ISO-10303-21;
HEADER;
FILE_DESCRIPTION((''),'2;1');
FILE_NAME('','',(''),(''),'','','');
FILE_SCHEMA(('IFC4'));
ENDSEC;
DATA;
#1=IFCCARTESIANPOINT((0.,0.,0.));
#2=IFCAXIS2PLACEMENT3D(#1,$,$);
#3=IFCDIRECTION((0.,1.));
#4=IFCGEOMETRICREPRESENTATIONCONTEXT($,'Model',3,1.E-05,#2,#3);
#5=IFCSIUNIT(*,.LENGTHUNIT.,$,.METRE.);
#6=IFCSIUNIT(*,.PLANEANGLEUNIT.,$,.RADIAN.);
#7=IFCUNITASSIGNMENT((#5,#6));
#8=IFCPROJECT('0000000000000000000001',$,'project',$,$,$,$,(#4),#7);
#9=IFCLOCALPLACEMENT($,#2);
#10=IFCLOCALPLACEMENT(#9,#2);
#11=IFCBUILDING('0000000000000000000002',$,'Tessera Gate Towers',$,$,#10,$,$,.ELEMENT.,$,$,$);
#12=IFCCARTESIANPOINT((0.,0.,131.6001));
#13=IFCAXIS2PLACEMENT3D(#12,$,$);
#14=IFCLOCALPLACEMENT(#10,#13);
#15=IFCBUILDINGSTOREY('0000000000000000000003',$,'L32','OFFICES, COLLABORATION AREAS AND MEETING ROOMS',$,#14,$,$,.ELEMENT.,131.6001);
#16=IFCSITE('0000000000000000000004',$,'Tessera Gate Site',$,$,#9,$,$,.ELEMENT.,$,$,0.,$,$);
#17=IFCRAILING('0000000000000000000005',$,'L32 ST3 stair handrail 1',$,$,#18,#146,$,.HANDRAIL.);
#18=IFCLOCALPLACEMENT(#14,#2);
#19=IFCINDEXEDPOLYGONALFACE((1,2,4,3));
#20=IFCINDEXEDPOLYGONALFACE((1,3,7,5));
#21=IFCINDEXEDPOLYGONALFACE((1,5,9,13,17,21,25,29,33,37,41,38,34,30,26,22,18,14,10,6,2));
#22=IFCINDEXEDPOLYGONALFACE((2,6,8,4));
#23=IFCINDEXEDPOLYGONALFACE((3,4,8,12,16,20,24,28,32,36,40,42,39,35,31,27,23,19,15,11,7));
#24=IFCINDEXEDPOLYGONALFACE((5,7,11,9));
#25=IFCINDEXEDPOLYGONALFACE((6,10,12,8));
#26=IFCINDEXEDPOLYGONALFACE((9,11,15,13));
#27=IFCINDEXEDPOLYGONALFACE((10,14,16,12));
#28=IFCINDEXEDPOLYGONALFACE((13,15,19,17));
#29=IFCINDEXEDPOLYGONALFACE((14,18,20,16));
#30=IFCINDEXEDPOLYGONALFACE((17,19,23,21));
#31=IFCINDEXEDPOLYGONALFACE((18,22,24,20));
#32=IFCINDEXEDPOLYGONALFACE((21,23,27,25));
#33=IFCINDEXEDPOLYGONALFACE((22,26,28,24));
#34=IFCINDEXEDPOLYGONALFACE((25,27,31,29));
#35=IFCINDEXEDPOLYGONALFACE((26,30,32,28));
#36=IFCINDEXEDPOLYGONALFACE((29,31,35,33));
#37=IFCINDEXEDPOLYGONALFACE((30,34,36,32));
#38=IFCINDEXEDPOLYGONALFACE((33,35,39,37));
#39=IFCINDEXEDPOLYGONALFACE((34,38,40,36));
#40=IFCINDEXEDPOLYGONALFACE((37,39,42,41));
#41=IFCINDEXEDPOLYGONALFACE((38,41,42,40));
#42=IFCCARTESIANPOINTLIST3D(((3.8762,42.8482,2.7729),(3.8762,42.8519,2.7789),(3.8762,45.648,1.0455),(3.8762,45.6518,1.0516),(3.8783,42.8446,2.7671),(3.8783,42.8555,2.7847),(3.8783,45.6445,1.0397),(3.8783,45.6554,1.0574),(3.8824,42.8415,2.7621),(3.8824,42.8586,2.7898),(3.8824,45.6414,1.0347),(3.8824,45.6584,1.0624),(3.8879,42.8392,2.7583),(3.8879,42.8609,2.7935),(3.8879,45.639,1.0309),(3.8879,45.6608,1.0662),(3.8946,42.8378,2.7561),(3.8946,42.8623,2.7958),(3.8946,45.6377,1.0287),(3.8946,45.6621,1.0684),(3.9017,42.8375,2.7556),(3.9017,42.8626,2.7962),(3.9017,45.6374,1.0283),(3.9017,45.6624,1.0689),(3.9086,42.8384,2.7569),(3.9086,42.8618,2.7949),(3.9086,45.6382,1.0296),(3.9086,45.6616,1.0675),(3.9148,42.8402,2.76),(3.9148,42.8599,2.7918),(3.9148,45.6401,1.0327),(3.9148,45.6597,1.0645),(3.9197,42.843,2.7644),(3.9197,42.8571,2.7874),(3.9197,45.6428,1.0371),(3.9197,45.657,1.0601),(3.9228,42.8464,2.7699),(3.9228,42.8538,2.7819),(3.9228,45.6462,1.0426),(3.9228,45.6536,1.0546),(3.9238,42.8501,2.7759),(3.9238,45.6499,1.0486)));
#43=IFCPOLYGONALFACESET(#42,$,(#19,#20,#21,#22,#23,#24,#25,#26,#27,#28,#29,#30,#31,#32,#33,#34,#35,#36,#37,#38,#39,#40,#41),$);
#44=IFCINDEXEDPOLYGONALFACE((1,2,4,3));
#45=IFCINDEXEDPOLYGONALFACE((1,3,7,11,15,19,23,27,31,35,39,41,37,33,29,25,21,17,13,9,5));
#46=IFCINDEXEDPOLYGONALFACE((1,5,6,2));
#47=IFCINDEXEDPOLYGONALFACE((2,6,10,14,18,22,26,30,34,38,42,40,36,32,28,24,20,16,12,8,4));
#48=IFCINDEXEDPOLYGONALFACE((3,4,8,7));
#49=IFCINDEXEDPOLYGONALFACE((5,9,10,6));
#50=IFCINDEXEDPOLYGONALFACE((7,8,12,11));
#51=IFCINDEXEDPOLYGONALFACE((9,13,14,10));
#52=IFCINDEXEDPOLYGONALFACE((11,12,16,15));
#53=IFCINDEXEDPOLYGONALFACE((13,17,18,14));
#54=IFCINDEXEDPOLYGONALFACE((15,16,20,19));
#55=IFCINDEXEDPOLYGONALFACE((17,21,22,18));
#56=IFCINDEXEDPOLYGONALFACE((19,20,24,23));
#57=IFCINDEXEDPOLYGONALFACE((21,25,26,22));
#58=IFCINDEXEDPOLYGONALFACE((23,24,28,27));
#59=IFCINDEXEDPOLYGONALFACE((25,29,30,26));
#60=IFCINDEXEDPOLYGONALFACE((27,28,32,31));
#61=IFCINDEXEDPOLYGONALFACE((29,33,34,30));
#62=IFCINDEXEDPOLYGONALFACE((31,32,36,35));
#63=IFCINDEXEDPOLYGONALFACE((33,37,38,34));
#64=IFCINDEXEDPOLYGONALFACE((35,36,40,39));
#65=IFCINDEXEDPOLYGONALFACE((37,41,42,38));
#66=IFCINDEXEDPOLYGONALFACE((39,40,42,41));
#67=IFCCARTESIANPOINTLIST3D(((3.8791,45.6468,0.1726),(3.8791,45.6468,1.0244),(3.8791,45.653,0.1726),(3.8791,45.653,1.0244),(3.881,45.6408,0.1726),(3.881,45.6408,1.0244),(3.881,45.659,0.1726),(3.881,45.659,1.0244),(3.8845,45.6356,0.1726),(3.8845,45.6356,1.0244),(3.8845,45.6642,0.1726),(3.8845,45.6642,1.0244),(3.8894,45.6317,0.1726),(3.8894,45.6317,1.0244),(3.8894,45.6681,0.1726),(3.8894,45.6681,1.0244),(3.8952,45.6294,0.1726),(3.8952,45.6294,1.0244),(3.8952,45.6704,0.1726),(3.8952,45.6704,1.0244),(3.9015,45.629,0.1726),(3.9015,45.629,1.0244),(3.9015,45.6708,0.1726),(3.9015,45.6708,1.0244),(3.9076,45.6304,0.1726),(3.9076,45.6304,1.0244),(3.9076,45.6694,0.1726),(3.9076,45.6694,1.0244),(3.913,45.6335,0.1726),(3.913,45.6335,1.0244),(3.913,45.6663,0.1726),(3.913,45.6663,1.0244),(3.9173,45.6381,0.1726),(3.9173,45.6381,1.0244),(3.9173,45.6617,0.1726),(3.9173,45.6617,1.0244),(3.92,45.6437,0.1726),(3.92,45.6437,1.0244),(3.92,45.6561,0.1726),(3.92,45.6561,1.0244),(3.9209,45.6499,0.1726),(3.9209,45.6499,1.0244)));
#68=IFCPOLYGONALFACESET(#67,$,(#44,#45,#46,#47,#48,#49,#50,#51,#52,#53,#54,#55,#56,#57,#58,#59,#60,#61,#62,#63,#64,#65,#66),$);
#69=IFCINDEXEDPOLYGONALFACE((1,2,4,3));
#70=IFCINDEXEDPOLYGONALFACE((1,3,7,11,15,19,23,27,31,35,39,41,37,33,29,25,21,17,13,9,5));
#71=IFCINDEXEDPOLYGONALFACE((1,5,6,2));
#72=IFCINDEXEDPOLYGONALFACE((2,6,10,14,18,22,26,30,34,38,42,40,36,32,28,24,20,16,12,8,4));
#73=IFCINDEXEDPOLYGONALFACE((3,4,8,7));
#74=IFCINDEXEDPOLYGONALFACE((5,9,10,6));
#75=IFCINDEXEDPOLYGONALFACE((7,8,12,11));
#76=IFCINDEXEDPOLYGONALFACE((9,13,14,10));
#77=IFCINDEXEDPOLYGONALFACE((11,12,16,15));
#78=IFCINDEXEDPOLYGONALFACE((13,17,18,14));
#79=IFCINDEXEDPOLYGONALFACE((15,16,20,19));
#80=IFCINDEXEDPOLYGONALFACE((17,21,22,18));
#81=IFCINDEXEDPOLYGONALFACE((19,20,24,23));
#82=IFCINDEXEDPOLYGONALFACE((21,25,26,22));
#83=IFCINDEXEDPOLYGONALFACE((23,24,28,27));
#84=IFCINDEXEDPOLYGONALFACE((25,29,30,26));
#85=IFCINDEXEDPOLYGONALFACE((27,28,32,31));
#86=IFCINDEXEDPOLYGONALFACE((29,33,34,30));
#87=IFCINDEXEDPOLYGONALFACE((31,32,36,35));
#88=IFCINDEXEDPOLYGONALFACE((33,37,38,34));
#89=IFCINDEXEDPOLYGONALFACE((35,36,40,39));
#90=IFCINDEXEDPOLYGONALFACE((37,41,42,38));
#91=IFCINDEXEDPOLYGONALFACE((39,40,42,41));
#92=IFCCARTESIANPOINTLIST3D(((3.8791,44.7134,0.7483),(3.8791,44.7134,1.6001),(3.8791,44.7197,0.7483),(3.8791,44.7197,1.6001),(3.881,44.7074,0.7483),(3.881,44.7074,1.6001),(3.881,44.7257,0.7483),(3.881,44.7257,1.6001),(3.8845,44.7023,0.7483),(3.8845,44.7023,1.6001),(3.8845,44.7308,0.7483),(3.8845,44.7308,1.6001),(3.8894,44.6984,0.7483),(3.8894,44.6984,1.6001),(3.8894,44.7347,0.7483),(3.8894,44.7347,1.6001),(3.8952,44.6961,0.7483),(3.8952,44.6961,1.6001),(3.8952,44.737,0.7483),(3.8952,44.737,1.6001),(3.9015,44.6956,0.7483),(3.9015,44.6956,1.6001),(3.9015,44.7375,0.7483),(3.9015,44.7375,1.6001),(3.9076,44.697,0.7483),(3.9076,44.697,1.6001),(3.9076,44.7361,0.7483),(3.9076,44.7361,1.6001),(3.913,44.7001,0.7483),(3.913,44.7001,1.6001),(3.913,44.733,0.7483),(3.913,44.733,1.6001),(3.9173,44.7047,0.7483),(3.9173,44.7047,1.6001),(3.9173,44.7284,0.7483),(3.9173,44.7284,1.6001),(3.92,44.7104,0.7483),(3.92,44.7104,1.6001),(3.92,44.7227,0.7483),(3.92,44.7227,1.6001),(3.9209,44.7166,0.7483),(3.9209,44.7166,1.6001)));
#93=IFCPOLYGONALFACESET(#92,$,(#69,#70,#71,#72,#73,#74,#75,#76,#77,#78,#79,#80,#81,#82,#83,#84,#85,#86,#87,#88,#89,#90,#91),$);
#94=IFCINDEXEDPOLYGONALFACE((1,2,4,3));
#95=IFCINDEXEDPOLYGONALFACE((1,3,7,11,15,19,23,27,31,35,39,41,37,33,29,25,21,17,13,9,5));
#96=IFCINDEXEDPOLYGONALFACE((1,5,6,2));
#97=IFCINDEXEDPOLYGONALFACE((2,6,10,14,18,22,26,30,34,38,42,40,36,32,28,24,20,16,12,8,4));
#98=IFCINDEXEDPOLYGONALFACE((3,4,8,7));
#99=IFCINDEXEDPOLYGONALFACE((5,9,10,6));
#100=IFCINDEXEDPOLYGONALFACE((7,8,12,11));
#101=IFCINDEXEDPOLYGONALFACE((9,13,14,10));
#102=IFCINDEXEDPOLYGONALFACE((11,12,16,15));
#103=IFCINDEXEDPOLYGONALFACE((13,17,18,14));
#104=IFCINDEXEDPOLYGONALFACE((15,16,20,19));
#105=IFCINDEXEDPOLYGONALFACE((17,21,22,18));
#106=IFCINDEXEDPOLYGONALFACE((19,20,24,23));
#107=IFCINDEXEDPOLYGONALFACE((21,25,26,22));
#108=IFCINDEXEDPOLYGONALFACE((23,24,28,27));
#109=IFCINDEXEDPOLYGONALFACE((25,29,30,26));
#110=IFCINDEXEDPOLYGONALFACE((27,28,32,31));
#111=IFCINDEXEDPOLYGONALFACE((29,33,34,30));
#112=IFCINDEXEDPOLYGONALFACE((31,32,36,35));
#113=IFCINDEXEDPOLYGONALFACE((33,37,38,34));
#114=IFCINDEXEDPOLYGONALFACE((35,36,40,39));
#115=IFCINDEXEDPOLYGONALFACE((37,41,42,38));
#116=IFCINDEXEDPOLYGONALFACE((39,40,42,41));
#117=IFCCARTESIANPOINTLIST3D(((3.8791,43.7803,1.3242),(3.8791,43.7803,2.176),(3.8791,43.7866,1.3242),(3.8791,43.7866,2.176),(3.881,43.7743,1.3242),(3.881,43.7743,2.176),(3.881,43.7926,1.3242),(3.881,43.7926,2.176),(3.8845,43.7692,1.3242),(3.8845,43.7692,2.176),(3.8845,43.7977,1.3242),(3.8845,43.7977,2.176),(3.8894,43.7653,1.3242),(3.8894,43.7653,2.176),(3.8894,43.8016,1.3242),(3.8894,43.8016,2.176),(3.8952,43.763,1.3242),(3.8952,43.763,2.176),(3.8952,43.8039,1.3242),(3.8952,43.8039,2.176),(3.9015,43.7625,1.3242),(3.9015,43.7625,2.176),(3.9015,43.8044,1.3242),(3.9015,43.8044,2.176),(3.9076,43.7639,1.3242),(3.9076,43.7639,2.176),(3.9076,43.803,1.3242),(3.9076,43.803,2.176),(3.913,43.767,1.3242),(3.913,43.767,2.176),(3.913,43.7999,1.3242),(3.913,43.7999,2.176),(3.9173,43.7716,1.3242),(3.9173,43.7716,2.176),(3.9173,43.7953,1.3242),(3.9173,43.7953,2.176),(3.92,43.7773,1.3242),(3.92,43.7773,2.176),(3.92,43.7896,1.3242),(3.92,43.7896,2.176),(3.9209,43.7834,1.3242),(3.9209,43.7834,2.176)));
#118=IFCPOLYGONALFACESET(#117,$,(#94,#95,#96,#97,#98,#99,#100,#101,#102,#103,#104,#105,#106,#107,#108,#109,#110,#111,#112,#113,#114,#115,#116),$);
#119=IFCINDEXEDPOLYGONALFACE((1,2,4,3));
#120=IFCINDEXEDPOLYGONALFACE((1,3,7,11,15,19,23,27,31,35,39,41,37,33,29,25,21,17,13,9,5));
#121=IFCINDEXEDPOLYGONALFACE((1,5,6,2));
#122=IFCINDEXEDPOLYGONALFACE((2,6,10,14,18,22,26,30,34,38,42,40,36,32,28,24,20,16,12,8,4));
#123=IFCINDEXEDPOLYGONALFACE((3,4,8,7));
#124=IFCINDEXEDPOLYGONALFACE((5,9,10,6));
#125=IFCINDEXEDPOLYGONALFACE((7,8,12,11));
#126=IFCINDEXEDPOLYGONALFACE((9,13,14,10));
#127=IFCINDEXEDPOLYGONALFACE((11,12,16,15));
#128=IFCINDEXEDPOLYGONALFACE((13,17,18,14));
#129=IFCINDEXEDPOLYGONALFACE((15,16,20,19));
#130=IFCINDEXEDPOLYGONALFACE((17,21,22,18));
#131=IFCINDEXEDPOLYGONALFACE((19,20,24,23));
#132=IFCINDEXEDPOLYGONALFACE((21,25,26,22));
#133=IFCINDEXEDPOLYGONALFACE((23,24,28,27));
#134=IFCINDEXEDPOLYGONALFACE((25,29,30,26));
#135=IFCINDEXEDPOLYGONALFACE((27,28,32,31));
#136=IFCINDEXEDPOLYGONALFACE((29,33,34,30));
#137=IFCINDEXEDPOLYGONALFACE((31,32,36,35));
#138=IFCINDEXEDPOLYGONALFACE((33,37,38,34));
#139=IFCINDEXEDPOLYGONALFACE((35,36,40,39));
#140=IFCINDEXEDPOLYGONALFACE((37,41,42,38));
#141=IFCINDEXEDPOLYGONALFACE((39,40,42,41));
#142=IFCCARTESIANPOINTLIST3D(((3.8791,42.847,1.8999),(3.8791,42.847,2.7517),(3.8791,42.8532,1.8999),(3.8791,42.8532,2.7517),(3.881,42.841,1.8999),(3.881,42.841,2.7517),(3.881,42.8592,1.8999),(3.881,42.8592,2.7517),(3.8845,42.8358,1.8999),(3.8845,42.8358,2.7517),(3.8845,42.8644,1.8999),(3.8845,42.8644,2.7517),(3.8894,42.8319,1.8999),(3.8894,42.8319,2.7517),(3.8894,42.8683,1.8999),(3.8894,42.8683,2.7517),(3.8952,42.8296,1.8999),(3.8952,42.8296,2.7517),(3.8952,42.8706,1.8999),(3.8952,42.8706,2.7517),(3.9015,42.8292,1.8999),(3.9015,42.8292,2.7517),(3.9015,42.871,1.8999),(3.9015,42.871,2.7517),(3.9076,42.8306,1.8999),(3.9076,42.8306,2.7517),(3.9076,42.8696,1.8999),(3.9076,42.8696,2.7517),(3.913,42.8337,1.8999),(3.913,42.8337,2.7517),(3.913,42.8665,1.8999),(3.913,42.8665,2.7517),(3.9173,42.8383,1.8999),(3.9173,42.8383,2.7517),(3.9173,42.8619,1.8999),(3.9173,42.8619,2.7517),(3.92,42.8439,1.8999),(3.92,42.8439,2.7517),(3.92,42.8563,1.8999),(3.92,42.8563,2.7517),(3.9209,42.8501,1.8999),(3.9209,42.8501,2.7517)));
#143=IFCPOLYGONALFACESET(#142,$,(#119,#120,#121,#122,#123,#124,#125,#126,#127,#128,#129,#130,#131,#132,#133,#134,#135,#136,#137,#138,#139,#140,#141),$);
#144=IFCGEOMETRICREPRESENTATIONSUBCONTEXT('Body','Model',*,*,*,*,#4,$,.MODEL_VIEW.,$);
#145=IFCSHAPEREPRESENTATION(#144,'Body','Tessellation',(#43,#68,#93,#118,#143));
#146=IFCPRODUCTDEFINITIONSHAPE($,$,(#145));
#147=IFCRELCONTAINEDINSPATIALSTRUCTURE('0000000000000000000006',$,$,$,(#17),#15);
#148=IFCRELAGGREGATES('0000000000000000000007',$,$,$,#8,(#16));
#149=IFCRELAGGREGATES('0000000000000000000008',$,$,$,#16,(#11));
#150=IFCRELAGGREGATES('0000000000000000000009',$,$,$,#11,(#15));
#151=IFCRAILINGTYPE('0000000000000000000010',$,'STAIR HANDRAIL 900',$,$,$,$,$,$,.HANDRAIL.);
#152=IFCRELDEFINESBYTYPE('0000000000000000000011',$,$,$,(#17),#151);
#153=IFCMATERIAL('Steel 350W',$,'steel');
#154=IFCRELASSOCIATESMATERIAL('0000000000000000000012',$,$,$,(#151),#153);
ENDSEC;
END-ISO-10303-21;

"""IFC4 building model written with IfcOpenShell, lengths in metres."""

from ifc_helpers import new_model, si_unit, direction, frame, origin, origin_2d, place, context, subcontext, project, spatial, circle, extrude, material, type_object, element, save


model = new_model("IFC4")

# Units and contexts
model_context = context("Model", 3, precision=1e-05, world=origin(), true_north=direction((0.0, 1.0)))
body_context = subcontext(model_context, "Body", "Model", "MODEL_VIEW")
ifc_project = project(units=[si_unit("LENGTHUNIT", "METRE"), si_unit("PLANEANGLEUNIT", "RADIAN")], contexts=[model_context])

# Site, building, storey
site_placement = place(None, origin())
site = spatial("IfcSite", under=ifc_project, at=site_placement, Name="Tessera Gate Site", CompositionType="ELEMENT", RefElevation=0.0)
building_placement = place(site_placement, origin())
building = spatial("IfcBuilding", under=site, at=building_placement, Name="Tessera Gate Towers", CompositionType="ELEMENT")
storey_placement = place(building_placement, frame((0.0, 0.0, 131.6001)))
storey = spatial("IfcBuildingStorey", under=building, at=storey_placement, Name="L32", Description="OFFICES, COLLABORATION AREAS AND MEETING ROOMS", CompositionType="ELEMENT", Elevation=131.6001)

# Railing
ifc_material_1 = material(Name="Steel 350W", Category="steel")
railing_type_1 = type_object("IfcRailingType", Name="STAIR HANDRAIL 900", PredefinedType="HANDRAIL", material=ifc_material_1)
railing_1_placement = place(storey_placement, frame((3.8999, 45.6499, 0.1726)))
element("IfcRailing", 1, at=railing_1_placement, inside=storey, type_object=railing_type_1, Name="L32 ST3 stair handrail 1", PredefinedType="HANDRAIL", context=body_context, shape_type="SweptSolid", body=[
    extrude(circle(Radius=0.0239, at=origin_2d()), frame((0.0, 0.0, 0.876), z_axis=(0.0, -0.851069, 0.525054), x_axis=(1.0, 0.0, 0.0)), (0.0, 0.0, 1.0), 3.2898),
    extrude(circle(Radius=0.021, at=origin_2d()), origin(), (0.0, 0.0, 1.0), 0.8518),
    extrude(circle(Radius=0.021, at=origin_2d()), frame((0.0, -0.9333, 0.5757)), (0.0, 0.0, 1.0), 0.8518),
    extrude(circle(Radius=0.021, at=origin_2d()), frame((0.0, -1.8665, 1.1516)), (0.0, 0.0, 1.0), 0.8518),
    extrude(circle(Radius=0.021, at=origin_2d()), frame((0.0, -2.7998, 1.7273)), (0.0, 0.0, 1.0), 0.8518),
])

save(model, "model.ifc")
